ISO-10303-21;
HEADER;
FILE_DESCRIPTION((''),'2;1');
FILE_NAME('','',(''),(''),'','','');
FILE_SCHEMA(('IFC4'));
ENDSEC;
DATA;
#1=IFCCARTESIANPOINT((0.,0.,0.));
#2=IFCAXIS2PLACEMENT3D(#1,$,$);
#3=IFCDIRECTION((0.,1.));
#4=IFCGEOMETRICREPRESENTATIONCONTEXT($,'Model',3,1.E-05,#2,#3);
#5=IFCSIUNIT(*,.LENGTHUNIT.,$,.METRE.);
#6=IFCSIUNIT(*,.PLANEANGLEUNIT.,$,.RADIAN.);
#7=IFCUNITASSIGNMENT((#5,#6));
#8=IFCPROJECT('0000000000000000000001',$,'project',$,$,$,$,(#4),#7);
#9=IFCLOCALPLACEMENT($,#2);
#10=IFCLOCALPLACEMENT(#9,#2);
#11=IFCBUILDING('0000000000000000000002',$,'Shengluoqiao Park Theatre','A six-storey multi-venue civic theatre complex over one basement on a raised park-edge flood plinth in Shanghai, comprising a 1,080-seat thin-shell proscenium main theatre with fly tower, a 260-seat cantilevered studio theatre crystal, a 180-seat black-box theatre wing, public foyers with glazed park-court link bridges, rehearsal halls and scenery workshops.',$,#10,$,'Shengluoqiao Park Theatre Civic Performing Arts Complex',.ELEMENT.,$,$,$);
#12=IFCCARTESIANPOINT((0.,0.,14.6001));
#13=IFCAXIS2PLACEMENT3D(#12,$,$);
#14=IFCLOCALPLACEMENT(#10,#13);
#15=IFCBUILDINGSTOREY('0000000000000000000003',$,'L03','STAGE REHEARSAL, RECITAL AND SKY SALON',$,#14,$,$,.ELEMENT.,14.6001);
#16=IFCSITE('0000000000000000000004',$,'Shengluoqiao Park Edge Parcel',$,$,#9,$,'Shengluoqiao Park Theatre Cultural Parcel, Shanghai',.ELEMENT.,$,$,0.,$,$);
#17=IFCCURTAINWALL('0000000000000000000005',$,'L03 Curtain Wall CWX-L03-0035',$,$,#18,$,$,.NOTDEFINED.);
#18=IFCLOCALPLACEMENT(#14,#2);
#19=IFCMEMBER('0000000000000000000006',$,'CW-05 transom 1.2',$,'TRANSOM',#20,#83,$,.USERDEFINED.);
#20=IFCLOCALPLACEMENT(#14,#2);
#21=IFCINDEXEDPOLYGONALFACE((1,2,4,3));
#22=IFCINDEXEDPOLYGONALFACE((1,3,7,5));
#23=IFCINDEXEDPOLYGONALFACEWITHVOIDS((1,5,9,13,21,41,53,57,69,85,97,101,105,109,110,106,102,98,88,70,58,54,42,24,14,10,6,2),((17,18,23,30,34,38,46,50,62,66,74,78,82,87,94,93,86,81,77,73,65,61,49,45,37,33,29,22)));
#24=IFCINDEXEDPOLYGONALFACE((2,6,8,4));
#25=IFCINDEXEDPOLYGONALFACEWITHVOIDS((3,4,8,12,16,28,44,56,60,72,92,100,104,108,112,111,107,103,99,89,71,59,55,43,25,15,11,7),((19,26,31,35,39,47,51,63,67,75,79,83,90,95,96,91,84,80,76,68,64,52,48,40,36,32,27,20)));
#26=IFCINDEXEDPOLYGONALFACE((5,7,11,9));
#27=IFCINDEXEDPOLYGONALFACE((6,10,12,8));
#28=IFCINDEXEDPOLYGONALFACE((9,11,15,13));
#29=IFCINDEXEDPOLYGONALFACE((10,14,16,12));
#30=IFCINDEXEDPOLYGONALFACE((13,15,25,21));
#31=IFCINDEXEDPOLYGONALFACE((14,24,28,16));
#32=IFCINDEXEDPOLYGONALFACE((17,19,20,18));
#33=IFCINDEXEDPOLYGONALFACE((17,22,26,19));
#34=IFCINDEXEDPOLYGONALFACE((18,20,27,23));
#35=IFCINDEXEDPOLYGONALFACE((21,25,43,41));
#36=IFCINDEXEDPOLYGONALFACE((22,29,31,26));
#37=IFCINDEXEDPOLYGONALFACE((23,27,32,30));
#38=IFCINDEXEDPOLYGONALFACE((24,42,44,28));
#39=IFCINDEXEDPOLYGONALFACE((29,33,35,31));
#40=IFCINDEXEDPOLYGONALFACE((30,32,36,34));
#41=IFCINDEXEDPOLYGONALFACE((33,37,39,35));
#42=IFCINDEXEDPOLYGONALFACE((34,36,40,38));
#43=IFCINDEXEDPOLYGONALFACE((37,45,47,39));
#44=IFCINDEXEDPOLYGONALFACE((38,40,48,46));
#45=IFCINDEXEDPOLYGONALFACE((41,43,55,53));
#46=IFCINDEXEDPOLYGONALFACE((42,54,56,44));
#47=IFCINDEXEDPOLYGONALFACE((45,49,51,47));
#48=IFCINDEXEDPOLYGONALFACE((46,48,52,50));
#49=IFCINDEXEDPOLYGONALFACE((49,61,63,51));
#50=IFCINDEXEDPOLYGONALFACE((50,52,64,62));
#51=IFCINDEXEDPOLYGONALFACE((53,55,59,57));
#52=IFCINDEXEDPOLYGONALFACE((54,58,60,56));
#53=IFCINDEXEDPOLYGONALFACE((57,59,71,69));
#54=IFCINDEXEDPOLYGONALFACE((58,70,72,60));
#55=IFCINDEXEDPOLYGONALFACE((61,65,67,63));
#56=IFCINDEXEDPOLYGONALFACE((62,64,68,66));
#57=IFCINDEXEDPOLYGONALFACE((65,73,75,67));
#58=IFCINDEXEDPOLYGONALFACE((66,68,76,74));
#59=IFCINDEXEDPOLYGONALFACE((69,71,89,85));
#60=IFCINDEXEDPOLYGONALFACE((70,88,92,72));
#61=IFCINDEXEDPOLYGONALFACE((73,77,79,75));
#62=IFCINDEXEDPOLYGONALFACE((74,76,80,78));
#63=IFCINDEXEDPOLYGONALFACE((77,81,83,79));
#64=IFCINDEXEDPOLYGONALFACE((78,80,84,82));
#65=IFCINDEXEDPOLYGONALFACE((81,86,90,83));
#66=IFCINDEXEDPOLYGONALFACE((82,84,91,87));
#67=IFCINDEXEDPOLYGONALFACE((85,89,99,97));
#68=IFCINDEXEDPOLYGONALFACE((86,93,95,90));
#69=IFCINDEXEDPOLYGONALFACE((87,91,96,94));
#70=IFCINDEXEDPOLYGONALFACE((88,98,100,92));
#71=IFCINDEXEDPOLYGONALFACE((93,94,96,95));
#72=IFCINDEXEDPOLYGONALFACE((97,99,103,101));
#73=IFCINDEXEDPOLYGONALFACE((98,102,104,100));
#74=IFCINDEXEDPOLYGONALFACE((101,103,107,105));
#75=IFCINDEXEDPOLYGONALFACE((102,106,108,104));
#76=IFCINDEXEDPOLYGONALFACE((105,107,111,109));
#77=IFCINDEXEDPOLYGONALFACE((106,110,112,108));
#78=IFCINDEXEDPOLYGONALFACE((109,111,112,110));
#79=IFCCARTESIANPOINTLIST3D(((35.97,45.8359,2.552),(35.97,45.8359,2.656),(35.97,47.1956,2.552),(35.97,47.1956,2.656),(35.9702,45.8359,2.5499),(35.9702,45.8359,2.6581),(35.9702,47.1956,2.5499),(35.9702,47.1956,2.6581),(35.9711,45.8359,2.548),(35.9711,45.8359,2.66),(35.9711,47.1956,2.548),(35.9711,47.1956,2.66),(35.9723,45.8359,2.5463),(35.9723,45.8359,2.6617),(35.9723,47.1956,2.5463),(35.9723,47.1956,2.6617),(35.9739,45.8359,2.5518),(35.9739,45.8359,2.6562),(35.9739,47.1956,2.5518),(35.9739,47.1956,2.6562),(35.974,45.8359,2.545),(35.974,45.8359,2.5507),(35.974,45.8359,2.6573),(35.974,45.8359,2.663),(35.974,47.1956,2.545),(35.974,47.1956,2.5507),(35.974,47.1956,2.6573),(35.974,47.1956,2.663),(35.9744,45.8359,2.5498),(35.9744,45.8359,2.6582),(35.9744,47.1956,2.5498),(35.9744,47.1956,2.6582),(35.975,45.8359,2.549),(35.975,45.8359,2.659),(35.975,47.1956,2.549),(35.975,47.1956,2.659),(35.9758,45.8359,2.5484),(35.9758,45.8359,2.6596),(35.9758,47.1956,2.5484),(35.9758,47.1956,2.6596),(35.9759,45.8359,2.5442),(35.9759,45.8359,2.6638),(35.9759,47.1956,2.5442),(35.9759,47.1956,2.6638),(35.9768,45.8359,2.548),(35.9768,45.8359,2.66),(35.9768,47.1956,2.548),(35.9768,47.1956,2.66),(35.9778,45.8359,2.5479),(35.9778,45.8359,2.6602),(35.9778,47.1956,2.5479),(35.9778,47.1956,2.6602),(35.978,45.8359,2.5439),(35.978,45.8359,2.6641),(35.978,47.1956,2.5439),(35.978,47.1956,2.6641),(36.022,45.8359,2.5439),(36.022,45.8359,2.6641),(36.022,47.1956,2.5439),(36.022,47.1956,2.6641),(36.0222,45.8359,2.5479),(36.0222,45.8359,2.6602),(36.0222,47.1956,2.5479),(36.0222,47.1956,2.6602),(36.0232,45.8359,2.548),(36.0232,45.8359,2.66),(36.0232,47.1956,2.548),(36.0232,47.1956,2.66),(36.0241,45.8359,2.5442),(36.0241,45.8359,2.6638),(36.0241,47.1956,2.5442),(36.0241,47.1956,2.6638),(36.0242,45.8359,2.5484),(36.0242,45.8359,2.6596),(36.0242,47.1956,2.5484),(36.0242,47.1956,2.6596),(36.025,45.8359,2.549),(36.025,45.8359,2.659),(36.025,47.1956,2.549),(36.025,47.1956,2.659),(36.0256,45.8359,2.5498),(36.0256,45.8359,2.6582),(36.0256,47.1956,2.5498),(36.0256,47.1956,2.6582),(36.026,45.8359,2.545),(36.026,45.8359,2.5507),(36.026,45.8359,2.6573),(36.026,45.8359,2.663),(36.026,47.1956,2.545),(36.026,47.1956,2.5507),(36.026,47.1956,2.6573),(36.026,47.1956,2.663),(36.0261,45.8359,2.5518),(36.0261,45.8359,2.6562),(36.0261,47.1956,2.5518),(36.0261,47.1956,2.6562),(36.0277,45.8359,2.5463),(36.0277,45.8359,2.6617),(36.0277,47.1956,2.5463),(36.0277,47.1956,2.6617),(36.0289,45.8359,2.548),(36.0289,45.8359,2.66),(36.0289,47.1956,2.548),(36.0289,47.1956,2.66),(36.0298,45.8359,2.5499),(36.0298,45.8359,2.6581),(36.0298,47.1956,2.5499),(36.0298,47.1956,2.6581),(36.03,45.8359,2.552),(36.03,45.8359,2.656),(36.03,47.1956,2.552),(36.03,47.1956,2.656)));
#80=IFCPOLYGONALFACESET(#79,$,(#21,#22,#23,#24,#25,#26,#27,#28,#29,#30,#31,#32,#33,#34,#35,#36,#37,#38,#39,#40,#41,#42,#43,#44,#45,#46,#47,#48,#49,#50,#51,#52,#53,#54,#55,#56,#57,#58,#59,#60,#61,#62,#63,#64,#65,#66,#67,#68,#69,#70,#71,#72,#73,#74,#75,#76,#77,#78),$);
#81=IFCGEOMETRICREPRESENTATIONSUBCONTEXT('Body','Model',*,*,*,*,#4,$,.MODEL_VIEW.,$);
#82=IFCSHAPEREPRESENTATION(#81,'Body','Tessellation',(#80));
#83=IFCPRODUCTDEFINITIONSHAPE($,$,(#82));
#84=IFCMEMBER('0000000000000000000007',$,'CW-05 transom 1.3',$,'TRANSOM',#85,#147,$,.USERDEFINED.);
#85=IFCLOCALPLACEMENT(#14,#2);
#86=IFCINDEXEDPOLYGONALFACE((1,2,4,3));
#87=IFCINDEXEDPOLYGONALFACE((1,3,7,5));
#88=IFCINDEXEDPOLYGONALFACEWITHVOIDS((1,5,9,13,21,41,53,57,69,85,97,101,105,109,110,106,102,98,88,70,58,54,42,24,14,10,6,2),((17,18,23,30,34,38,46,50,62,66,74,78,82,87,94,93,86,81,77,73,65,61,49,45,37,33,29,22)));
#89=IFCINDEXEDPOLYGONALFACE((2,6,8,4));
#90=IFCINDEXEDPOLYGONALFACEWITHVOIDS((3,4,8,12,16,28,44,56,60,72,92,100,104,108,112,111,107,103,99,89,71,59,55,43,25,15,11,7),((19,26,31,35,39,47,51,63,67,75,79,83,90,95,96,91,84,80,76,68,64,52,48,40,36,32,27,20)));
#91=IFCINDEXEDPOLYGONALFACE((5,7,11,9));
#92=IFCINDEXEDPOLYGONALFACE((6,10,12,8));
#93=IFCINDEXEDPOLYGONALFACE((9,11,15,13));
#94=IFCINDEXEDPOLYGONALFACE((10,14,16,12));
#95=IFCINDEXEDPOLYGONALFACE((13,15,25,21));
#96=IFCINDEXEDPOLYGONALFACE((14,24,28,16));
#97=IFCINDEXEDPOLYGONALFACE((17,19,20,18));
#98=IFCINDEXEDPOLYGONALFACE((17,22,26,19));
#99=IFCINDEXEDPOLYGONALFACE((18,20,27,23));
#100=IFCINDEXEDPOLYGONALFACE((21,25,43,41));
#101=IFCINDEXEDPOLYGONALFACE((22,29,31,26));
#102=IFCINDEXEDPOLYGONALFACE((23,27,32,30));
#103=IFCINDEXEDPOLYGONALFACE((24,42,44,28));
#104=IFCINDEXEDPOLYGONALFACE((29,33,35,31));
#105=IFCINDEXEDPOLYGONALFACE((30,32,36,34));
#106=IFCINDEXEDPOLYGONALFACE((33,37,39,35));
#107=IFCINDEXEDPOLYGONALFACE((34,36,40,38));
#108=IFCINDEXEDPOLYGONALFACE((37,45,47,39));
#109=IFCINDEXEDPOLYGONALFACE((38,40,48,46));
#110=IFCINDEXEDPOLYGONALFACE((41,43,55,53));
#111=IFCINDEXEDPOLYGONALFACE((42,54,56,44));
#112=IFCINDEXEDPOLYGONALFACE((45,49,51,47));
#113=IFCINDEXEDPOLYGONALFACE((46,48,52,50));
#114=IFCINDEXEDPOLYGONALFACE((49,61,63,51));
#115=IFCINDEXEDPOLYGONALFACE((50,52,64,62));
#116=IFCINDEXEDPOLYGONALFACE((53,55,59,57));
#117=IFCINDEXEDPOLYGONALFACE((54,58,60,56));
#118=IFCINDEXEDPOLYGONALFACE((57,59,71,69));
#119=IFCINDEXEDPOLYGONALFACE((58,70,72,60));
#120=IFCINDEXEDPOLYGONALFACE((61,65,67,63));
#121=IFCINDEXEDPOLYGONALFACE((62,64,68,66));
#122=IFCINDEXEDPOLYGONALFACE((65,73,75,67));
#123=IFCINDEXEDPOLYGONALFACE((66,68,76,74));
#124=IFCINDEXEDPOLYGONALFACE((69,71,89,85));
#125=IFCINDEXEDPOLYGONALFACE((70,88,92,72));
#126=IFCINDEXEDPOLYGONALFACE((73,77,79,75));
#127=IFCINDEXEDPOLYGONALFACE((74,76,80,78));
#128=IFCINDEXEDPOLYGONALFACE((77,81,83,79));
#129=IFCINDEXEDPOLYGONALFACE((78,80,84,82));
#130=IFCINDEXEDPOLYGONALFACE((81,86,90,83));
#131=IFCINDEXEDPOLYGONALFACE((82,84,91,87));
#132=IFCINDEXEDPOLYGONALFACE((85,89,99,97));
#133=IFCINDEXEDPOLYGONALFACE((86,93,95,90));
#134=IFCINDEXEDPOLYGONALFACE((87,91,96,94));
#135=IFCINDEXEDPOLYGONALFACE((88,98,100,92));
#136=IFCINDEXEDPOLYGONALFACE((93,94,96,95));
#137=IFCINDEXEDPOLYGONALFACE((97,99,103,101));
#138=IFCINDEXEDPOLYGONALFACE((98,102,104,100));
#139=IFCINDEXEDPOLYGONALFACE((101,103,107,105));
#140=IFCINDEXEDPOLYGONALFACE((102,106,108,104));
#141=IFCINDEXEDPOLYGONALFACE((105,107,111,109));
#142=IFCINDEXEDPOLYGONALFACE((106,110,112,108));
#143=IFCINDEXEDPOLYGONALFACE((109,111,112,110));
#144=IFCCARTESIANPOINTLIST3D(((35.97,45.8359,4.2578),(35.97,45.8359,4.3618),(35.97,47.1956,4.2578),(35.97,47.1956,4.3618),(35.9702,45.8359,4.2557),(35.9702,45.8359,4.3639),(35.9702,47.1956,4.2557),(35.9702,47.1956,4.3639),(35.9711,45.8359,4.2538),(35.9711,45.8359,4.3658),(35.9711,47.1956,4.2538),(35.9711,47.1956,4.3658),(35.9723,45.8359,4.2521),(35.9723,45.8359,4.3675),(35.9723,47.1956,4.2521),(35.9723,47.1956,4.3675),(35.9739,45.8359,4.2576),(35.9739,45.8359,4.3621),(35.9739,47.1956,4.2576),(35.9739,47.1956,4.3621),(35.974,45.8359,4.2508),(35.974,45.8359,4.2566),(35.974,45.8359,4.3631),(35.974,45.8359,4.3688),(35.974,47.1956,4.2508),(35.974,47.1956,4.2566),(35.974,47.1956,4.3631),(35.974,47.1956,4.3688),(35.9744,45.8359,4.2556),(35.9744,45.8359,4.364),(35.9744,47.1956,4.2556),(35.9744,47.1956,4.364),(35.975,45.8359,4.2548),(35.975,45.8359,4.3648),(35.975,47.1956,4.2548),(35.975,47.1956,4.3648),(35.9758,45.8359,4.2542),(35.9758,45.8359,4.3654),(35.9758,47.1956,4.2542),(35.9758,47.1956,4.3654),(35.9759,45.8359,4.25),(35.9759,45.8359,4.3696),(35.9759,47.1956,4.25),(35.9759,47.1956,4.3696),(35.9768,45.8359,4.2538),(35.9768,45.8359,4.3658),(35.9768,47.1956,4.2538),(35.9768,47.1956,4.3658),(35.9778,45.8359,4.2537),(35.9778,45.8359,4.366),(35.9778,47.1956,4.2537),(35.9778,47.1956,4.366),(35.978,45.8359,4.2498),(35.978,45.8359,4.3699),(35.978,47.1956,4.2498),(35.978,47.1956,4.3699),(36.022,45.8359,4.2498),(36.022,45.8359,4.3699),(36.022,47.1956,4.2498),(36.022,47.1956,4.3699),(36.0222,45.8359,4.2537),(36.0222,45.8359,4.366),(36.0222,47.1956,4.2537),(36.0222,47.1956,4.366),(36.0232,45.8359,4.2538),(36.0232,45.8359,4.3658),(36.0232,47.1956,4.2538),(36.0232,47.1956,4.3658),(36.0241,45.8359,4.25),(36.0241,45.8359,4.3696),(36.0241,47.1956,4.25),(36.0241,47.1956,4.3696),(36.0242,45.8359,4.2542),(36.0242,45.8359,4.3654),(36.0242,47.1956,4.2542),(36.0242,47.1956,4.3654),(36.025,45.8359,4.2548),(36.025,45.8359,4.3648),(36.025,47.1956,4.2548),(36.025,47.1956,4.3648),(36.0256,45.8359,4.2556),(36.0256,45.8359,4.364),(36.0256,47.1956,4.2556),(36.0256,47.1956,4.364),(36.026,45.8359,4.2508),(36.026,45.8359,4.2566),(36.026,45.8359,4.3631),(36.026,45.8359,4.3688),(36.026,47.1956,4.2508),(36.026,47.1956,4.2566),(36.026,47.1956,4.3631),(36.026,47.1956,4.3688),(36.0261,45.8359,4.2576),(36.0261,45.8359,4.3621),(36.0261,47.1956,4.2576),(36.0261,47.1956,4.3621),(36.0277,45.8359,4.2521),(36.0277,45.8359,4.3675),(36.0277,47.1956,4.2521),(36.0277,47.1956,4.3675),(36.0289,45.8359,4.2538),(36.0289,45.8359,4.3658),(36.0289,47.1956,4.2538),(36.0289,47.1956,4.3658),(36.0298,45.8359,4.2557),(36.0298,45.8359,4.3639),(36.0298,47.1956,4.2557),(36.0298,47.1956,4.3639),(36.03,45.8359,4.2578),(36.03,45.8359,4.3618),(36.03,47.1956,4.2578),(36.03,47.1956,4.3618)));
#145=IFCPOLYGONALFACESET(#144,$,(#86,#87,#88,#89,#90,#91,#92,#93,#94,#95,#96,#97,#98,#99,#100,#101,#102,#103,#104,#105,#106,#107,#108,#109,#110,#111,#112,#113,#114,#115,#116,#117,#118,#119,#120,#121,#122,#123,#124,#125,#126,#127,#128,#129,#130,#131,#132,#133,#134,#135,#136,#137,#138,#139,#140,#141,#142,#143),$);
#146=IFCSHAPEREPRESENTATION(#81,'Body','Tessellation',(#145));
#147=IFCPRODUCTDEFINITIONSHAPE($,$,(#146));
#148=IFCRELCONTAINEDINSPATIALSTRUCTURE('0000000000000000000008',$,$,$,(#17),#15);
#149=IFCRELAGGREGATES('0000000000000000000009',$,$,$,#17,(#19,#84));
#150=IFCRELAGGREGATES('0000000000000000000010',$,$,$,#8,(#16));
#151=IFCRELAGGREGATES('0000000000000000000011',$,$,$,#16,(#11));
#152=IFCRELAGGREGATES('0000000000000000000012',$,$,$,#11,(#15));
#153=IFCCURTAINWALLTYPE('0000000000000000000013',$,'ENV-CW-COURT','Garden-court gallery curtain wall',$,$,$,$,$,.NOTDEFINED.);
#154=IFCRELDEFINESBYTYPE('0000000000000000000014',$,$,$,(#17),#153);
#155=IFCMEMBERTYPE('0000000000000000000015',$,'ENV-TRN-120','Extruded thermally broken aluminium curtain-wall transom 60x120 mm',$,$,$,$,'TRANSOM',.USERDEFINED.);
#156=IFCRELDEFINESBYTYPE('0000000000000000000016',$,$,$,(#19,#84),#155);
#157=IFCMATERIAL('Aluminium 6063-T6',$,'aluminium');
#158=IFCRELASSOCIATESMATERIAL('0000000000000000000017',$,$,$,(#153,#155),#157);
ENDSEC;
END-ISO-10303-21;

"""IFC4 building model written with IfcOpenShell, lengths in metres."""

from ifc_helpers import new_model, si_unit, direction, frame, origin, origin_2d, place, context, subcontext, project, spatial, hollow_rectangle, extrude, material, material_profile, profile_set, type_object, element, aggregate, save


model = new_model("IFC4")

# Units and contexts
model_context = context("Model", 3, precision=1e-05, world=origin(), true_north=direction((0.0, 1.0)))
body_context = subcontext(model_context, "Body", "Model", "MODEL_VIEW")
ifc_project = project(units=[si_unit("LENGTHUNIT", "METRE"), si_unit("PLANEANGLEUNIT", "RADIAN")], contexts=[model_context])

# Site, building, storey
site_placement = place(None, origin())
site = spatial("IfcSite", under=ifc_project, at=site_placement, Name="Shengluoqiao Park Edge Parcel", LongName="Shengluoqiao Park Theatre Cultural Parcel, Shanghai", CompositionType="ELEMENT", RefElevation=0.0)
building_placement = place(site_placement, origin())
building = spatial("IfcBuilding", under=site, at=building_placement, Name="Shengluoqiao Park Theatre", Description="A six-storey multi-venue civic theatre complex over one basement on a raised park-edge flood plinth in Shanghai, comprising a 1,080-seat thin-shell proscenium main theatre with fly tower, a 260-seat cantilevered studio theatre crystal, a 180-seat black-box theatre wing, public foyers with glazed park-court link bridges, rehearsal halls and scenery workshops.", LongName="Shengluoqiao Park Theatre Civic Performing Arts Complex", CompositionType="ELEMENT")
storey_placement = place(building_placement, frame((0.0, 0.0, 14.6001)))
storey = spatial("IfcBuildingStorey", under=building, at=storey_placement, Name="L03", Description="STAGE REHEARSAL, RECITAL AND SKY SALON", CompositionType="ELEMENT", Elevation=14.6001)

# Curtain wall, members
ifc_material_1 = material(Name="Aluminium 6063-T6", Category="aluminium")
curtain_wall_type = type_object("IfcCurtainWallType", Name="ENV-CW-COURT", Description="Garden-court gallery curtain wall", PredefinedType="NOTDEFINED", material=ifc_material_1)
curtain_wall_placement = place(storey_placement, origin())
curtain_wall = element("IfcCurtainWall", 1, at=curtain_wall_placement, inside=storey, type_object=curtain_wall_type, Name="L03 Curtain Wall CWX-L03-0035", PredefinedType="NOTDEFINED")
ifc_material_profile_1 = material_profile(ifc_material_1, hollow_rectangle(XDim=0.0601, YDim=0.1201, WallThickness=0.0039, InnerFilletRadius=0.0039, OuterFilletRadius=0.0081, at=origin_2d()), Name="ALU TRANSOM 120x60x4")
ifc_profile_set_1 = profile_set([ifc_material_profile_1], Name="Aluminium 6063-T6")
member_type_1 = type_object("IfcMemberType", Name="ENV-TRN-120", Description="Extruded thermally broken aluminium curtain-wall transom 60x120 mm", ElementType="TRANSOM", PredefinedType="USERDEFINED", material=ifc_profile_set_1)
member_1_placement = place(storey_placement, frame((36.0, 45.8359, 2.604), z_axis=(0.0, 1.0, 0.0), x_axis=(-1.0, 0.0, 0.0)))
member_1 = element("IfcMember", 2, at=member_1_placement, type_object=member_type_1, Name="CW-05 transom 1.2", ObjectType="TRANSOM", PredefinedType="USERDEFINED", context=body_context, shape_type="SweptSolid", body=[
    extrude(hollow_rectangle(XDim=0.0601, YDim=0.1201, WallThickness=0.0039, InnerFilletRadius=0.0039, OuterFilletRadius=0.0081, at=origin_2d()), origin(), (0.0, 0.0, 1.0), 1.3596),
])
member_2_placement = place(storey_placement, frame((36.0, 45.8359, 4.3098), z_axis=(0.0, 1.0, 0.0), x_axis=(-1.0, 0.0, 0.0)))
member_2 = element("IfcMember", 3, at=member_2_placement, type_object=member_type_1, Name="CW-05 transom 1.3", ObjectType="TRANSOM", PredefinedType="USERDEFINED", context=body_context, shape_type="SweptSolid", body=[
    extrude(hollow_rectangle(XDim=0.0601, YDim=0.1201, WallThickness=0.0039, InnerFilletRadius=0.0039, OuterFilletRadius=0.0081, at=origin_2d()), origin(), (0.0, 0.0, 1.0), 1.3596),
])

aggregate(curtain_wall, [member_1, member_2])

save(model, "model.ifc")
